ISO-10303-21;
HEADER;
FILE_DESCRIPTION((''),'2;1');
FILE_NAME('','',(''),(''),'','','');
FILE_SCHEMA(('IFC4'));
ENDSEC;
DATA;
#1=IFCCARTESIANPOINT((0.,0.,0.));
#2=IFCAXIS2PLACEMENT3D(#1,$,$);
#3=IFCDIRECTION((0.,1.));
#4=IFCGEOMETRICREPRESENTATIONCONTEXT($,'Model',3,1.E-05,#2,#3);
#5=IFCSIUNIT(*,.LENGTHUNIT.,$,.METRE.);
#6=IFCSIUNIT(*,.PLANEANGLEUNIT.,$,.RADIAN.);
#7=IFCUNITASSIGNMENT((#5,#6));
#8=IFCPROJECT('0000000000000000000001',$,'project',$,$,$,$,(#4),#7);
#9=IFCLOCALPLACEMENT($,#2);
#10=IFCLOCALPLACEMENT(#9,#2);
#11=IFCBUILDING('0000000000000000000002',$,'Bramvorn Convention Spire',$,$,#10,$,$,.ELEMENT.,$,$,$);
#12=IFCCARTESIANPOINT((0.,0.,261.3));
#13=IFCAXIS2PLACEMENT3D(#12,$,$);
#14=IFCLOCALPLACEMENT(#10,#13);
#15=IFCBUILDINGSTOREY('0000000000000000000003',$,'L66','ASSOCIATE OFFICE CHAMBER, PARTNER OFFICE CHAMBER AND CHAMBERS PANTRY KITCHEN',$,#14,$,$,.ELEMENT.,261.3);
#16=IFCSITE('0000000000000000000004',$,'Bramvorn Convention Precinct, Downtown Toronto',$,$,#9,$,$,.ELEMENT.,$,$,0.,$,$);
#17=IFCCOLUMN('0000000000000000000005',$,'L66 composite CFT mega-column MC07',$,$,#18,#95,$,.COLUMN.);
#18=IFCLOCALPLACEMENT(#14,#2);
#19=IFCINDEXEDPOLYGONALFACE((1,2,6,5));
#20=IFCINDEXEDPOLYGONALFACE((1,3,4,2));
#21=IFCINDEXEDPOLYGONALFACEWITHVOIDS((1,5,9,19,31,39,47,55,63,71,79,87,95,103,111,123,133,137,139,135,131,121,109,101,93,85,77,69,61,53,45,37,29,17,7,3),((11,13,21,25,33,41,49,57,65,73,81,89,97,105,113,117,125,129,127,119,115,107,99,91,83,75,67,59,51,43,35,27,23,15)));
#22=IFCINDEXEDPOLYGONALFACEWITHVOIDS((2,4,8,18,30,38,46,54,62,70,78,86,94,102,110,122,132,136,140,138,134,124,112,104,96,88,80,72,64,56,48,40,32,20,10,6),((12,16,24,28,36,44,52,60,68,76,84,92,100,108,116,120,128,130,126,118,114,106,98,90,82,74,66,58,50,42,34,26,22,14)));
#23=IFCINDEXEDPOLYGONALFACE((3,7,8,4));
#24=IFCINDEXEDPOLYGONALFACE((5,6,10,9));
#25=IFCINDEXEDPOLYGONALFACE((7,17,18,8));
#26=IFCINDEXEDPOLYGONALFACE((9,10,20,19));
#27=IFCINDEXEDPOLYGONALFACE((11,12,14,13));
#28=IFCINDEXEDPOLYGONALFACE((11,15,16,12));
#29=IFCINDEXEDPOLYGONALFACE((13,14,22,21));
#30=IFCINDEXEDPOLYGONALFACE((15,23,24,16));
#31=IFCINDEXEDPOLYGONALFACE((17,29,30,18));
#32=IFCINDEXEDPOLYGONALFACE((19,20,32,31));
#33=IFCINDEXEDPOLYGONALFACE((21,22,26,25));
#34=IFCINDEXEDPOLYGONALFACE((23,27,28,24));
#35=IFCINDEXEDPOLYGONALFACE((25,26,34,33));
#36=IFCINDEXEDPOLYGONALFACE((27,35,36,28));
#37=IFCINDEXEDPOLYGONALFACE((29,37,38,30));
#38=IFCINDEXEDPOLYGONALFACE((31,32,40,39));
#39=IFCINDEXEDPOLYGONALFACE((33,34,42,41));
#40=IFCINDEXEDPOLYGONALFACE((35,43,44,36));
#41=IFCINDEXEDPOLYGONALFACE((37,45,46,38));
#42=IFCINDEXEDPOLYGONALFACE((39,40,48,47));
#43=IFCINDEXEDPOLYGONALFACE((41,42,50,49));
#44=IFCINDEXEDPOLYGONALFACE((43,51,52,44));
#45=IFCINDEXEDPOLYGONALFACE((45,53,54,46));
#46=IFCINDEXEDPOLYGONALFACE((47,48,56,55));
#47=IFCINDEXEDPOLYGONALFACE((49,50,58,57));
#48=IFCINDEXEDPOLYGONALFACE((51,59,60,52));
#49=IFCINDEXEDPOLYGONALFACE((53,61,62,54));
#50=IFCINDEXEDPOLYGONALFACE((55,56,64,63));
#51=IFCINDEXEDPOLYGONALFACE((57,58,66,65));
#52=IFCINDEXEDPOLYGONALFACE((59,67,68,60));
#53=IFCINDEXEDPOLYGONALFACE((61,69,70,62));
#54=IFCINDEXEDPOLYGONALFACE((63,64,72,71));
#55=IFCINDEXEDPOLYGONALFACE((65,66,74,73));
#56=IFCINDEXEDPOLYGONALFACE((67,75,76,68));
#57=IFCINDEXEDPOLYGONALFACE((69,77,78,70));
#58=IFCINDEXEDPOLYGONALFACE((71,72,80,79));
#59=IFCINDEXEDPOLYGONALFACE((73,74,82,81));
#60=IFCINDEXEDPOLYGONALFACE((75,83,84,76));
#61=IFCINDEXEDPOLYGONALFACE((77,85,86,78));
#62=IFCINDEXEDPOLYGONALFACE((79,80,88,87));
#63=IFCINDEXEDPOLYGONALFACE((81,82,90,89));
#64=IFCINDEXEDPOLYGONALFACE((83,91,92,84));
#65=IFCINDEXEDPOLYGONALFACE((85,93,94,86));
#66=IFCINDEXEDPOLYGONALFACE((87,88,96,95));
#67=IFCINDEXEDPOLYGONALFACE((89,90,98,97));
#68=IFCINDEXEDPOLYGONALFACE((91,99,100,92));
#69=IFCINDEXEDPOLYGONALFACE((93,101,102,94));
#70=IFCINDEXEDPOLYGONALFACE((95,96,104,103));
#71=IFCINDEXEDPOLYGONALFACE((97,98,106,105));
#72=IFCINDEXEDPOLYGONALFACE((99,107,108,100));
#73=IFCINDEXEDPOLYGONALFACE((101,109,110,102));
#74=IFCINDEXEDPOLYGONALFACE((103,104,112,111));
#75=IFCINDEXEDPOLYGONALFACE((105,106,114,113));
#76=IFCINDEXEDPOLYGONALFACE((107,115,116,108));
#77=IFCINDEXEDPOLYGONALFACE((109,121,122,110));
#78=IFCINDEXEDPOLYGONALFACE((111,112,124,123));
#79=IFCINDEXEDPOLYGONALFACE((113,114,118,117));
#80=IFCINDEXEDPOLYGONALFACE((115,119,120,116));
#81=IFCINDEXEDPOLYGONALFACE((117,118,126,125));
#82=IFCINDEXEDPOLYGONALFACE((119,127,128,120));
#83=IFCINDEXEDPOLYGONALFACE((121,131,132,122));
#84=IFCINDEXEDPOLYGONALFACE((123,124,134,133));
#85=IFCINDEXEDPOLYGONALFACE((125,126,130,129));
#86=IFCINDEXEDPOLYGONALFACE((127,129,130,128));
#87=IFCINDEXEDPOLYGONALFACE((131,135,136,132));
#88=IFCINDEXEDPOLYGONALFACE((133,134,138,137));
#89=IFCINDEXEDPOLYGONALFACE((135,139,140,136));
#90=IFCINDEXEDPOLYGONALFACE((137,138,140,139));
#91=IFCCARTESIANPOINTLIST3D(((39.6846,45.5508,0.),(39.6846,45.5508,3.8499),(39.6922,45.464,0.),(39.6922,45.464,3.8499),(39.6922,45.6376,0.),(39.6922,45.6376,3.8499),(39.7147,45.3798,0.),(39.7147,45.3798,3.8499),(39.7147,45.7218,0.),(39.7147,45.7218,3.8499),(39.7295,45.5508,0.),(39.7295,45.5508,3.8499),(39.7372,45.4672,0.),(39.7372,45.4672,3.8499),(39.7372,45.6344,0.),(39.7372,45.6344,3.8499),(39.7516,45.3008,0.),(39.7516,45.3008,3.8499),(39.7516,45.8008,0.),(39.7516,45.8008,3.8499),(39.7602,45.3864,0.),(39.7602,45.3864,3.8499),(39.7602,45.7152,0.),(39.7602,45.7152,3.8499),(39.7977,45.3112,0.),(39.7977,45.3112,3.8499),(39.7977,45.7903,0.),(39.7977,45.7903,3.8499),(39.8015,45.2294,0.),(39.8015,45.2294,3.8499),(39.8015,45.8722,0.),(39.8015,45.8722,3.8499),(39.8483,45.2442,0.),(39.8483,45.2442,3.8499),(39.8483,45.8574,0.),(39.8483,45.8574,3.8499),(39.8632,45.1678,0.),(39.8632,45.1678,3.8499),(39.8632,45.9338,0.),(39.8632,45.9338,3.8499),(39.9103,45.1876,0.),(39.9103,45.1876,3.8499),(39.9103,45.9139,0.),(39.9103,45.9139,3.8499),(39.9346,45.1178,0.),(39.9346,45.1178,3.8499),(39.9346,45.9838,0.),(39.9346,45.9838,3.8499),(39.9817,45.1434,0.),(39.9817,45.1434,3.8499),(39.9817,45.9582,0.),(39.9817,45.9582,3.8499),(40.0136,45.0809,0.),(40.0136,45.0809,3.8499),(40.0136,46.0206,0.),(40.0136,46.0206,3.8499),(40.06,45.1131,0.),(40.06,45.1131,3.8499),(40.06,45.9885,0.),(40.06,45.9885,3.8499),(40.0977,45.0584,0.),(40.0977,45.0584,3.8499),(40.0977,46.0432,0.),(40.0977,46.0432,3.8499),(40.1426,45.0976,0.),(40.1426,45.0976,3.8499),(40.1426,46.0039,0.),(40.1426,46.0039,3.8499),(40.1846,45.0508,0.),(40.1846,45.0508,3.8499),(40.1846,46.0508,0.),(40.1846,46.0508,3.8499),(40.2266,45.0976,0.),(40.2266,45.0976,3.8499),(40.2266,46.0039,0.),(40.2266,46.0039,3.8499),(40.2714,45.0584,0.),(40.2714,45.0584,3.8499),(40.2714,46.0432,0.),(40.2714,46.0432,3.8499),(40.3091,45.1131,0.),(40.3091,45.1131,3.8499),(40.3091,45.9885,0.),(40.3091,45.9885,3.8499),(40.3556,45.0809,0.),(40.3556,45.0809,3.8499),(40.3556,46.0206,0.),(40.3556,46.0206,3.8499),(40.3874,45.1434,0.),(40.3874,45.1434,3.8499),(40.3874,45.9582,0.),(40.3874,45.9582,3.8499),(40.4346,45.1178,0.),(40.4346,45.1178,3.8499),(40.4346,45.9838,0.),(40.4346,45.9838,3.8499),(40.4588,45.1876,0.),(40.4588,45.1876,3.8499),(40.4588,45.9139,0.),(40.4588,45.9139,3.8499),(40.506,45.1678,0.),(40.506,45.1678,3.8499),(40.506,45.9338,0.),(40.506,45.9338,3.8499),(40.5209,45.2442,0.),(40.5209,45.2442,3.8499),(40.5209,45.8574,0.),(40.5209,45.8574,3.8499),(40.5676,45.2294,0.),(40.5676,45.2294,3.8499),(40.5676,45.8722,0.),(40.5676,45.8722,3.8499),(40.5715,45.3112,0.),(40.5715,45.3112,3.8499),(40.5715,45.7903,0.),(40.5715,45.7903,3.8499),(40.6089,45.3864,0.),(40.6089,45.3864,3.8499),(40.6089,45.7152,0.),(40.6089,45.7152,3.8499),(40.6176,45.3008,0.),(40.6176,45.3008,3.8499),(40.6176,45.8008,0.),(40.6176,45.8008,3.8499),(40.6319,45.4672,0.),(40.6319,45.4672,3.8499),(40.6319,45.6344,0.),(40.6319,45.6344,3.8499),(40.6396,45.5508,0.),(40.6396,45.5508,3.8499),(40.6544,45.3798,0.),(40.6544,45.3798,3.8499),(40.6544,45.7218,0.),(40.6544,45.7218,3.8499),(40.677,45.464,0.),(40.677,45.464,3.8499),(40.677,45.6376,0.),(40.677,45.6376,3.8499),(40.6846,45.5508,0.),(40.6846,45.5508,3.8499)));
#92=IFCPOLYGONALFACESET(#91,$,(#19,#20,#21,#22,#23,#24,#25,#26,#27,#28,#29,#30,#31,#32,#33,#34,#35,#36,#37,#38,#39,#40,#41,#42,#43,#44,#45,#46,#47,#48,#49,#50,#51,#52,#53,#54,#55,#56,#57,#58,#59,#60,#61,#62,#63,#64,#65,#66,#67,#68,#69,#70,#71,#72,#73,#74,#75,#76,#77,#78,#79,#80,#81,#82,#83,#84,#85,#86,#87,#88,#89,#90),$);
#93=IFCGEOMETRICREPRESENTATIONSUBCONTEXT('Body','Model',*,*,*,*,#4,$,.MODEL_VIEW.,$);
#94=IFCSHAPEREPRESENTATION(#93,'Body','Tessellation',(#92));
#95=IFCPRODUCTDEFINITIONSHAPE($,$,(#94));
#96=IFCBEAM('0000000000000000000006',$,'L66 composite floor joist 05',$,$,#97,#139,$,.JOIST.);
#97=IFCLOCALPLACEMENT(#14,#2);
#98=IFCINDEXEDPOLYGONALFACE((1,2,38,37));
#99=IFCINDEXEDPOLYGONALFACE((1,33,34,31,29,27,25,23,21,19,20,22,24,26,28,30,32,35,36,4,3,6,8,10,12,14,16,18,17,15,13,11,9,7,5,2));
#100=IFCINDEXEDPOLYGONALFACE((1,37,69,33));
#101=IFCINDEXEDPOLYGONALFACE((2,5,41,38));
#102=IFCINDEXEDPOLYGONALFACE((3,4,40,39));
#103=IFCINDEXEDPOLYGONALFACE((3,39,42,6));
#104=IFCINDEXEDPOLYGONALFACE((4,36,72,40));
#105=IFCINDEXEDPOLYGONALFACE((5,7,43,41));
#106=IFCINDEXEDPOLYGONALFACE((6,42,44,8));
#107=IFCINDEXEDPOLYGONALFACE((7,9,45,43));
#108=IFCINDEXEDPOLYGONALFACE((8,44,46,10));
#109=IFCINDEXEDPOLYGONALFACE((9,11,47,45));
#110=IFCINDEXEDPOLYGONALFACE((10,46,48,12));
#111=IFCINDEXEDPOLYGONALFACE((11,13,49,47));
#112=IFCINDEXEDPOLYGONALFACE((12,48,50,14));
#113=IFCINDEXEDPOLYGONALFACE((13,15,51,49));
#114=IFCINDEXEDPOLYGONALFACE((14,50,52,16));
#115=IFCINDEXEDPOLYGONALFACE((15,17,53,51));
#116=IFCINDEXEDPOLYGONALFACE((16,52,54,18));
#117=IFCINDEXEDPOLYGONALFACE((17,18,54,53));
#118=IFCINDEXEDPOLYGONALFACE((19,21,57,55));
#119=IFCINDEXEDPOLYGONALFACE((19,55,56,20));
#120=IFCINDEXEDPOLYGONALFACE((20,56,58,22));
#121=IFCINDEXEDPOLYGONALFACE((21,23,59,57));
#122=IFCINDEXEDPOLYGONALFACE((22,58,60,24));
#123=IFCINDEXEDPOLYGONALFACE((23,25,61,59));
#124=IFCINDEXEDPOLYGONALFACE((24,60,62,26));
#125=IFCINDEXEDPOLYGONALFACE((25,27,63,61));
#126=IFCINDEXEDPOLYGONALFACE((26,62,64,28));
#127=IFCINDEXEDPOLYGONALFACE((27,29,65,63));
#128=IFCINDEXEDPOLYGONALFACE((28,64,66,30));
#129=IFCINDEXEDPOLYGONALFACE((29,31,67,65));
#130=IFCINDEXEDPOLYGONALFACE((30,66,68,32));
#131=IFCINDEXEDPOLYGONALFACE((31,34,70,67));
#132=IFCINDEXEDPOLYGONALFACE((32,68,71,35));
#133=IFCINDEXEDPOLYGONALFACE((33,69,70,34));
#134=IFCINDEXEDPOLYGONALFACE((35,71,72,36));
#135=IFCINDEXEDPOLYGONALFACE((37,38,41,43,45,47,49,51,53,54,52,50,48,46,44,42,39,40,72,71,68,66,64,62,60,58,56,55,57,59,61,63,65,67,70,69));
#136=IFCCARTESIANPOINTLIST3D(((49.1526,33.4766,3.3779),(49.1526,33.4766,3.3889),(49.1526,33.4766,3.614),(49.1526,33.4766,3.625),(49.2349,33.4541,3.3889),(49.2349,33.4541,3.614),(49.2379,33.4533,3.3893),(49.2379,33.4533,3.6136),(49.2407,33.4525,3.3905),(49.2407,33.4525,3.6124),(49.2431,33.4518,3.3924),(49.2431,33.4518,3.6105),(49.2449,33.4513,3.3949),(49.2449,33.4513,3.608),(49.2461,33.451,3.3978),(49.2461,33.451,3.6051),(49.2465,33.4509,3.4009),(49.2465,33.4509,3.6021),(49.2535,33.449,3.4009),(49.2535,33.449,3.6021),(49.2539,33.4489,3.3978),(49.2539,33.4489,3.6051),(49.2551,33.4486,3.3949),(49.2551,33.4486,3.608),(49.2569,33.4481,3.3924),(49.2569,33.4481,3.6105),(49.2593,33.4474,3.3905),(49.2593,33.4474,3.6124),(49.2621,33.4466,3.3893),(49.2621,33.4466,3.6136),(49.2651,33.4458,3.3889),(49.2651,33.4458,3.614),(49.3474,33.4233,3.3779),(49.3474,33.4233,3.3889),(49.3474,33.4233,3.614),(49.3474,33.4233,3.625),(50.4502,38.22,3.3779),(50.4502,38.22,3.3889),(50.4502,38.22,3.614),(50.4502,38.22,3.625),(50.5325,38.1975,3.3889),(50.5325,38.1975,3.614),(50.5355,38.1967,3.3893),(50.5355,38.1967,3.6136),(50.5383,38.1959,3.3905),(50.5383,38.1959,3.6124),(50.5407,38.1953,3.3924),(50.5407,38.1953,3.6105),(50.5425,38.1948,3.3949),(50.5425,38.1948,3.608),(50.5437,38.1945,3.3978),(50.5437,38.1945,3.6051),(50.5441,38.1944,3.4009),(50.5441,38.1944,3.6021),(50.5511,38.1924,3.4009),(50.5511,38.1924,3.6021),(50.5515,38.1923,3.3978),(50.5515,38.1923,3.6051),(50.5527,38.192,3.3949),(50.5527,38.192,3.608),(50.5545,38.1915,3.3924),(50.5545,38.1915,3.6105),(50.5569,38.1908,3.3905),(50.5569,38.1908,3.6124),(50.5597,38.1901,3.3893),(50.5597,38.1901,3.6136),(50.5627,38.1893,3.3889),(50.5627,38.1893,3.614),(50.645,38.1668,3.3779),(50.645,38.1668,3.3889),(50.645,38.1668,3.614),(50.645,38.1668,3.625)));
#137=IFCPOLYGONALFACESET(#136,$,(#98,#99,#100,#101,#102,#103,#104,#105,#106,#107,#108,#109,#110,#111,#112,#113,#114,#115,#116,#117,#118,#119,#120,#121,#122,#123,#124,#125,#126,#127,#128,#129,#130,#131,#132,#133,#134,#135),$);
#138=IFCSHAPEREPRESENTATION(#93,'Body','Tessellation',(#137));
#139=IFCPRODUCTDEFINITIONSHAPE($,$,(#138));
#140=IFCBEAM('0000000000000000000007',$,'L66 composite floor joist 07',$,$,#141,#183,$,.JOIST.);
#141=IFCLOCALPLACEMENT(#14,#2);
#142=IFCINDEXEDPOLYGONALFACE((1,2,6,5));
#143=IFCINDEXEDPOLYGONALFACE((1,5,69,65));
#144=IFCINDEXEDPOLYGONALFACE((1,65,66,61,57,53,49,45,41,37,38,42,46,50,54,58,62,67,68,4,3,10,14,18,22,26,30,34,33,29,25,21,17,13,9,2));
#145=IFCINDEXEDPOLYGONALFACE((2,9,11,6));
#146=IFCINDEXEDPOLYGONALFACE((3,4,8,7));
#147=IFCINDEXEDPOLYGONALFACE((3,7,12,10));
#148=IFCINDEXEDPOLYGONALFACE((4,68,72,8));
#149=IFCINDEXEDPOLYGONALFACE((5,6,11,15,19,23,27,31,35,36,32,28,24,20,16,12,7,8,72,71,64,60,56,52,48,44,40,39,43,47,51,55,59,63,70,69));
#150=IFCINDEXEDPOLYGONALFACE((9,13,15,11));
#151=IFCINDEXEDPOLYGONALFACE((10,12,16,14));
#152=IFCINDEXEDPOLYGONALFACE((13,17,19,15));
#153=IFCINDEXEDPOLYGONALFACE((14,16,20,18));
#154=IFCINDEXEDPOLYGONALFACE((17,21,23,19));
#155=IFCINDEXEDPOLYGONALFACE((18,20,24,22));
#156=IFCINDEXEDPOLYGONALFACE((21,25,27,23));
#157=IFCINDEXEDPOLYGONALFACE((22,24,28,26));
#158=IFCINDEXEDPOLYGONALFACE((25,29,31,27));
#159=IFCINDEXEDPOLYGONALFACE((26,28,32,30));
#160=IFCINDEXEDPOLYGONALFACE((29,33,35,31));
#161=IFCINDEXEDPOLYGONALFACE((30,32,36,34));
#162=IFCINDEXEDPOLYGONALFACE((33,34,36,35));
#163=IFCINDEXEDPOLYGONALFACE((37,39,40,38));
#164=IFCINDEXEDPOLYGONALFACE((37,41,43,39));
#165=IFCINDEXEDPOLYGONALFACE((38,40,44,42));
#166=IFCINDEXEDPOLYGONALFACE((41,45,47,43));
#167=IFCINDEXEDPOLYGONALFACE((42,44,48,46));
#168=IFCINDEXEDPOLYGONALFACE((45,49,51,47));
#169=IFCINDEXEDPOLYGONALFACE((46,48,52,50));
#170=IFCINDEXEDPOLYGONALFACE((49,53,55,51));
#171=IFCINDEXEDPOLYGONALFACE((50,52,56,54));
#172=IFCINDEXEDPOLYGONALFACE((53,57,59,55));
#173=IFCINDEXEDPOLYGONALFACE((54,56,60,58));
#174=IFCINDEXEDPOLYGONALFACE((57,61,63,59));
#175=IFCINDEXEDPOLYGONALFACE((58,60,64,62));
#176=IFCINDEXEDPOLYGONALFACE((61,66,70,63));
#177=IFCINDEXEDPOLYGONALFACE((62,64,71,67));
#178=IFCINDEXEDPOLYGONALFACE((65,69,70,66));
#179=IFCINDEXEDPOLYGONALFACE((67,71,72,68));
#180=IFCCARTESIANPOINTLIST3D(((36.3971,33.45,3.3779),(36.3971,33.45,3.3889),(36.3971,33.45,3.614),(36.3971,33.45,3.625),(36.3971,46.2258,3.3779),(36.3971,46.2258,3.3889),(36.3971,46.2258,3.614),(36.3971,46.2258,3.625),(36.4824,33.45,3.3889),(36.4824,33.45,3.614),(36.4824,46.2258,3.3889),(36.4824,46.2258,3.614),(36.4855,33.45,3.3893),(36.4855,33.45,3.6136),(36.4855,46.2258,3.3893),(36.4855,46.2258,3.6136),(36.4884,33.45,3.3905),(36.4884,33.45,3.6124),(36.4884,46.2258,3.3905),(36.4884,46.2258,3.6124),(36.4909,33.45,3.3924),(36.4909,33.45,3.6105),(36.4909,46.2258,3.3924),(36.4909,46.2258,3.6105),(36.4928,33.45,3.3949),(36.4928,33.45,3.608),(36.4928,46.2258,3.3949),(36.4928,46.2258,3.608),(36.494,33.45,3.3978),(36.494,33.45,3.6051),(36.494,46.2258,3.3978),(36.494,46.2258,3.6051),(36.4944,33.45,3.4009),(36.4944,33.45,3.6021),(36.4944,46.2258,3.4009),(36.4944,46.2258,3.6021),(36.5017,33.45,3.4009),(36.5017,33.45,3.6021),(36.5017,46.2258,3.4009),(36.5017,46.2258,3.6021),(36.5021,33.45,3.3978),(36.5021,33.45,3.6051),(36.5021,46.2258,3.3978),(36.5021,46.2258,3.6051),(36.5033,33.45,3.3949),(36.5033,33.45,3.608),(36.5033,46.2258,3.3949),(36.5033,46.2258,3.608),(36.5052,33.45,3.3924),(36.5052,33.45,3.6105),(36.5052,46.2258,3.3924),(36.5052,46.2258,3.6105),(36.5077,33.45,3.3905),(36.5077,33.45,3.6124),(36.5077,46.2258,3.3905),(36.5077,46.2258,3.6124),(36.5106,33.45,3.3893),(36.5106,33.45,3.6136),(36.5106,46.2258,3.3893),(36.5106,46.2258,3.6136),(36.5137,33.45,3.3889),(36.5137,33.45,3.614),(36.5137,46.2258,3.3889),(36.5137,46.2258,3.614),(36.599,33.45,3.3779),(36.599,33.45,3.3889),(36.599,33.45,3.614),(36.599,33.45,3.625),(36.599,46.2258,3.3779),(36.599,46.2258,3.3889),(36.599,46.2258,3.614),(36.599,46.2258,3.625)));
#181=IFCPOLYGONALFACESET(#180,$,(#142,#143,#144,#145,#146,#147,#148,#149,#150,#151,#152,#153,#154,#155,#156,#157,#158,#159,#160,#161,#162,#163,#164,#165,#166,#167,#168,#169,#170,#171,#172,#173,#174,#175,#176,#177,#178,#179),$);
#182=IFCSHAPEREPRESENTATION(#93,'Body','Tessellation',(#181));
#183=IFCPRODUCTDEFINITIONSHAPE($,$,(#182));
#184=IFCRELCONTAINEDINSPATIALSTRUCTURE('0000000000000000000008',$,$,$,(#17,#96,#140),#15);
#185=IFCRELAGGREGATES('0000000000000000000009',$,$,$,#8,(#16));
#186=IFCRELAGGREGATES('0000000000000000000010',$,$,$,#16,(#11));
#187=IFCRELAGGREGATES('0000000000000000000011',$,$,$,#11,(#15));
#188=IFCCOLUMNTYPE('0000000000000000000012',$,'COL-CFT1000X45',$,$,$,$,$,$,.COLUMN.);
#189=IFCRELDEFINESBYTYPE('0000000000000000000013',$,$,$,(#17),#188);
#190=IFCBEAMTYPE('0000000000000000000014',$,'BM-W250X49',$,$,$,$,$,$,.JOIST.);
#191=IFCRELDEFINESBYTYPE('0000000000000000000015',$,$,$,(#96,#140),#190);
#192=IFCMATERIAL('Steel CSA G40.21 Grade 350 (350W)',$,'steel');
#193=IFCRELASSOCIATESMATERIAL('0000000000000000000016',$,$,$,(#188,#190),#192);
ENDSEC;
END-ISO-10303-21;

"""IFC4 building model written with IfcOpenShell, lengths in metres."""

from ifc_helpers import new_model, si_unit, direction, frame, origin, origin_2d, place, context, subcontext, project, spatial, hollow_circle, i_section, extrude, material, material_profile, profile_set, type_object, element, save


model = new_model("IFC4")

# Units and contexts
model_context = context("Model", 3, precision=1e-05, world=origin(), true_north=direction((0.0, 1.0)))
body_context = subcontext(model_context, "Body", "Model", "MODEL_VIEW")
ifc_project = project(units=[si_unit("LENGTHUNIT", "METRE"), si_unit("PLANEANGLEUNIT", "RADIAN")], contexts=[model_context])

# Site, building, storey
site_placement = place(None, origin())
site = spatial("IfcSite", under=ifc_project, at=site_placement, Name="Bramvorn Convention Precinct, Downtown Toronto", CompositionType="ELEMENT", RefElevation=0.0)
building_placement = place(site_placement, origin())
building = spatial("IfcBuilding", under=site, at=building_placement, Name="Bramvorn Convention Spire", CompositionType="ELEMENT")
storey_placement = place(building_placement, frame((0.0, 0.0, 261.3)))
storey = spatial("IfcBuildingStorey", under=building, at=storey_placement, Name="L66", Description="ASSOCIATE OFFICE CHAMBER, PARTNER OFFICE CHAMBER AND CHAMBERS PANTRY KITCHEN", CompositionType="ELEMENT", Elevation=261.3)

# Column
ifc_material_1 = material(Name="Steel CSA G40.21 Grade 350 (350W)", Category="steel")
ifc_material_profile_1 = material_profile(ifc_material_1, hollow_circle(Radius=0.5, WallThickness=0.0449, at=origin_2d()))
ifc_profile_set_1 = profile_set([ifc_material_profile_1], Name="Steel CSA G40.21 Grade 350 (350W) - CFT1000X45")
column_type = type_object("IfcColumnType", Name="COL-CFT1000X45", PredefinedType="COLUMN", material=ifc_profile_set_1)
for number, where, z_axis, x_axis, name in (
    (1, (40.1846, 45.5508, 0.0), (0.0, 0.0, 1.0), (1.0, 0.0, 0.0), "L66 composite CFT mega-column MC07"),
):
    element("IfcColumn", number, at=place(storey_placement, frame(where, z_axis=z_axis, x_axis=x_axis)), inside=storey, type_object=column_type, Name=name, PredefinedType="COLUMN", context=body_context, shape_type="SweptSolid", body=[
        extrude(hollow_circle(Radius=0.5, WallThickness=0.0449, at=origin_2d()), origin(), (0.0, 0.0, 1.0), 3.8499),
    ])

# Beams
ifc_material_profile_2 = material_profile(ifc_material_1, i_section(OverallWidth=0.2019, OverallDepth=0.2471, WebThickness=0.0073, FlangeThickness=0.011, FilletRadius=0.012, at=origin_2d()))
ifc_profile_set_2 = profile_set([ifc_material_profile_2], Name="Steel CSA G40.21 Grade 350 (350W) - W250X49")
beam_type_1 = type_object("IfcBeamType", Name="BM-W250X49", PredefinedType="JOIST", material=ifc_profile_set_2)
beam_1_placement = place(storey_placement, frame((49.25, 33.45, 3.5015), z_axis=(0.263865, 0.96456, 0.0), x_axis=(-0.96456, 0.263865, 0.0)))
element("IfcBeam", 2, at=beam_1_placement, inside=storey, type_object=beam_type_1, Name="L66 composite floor joist 05", PredefinedType="JOIST", context=body_context, shape_type="SweptSolid", body=[
    extrude(i_section(OverallWidth=0.2019, OverallDepth=0.2471, WebThickness=0.0073, FlangeThickness=0.011, FilletRadius=0.012, at=origin_2d()), origin(), (0.0, 0.0, 1.0), 4.9177),
])
beam_2_placement = place(storey_placement, frame((36.498, 33.45, 3.5015), z_axis=(0.0, 1.0, 0.0), x_axis=(-1.0, 0.0, 0.0)))
element("IfcBeam", 3, at=beam_2_placement, inside=storey, type_object=beam_type_1, Name="L66 composite floor joist 07", PredefinedType="JOIST", context=body_context, shape_type="SweptSolid", body=[
    extrude(i_section(OverallWidth=0.2019, OverallDepth=0.2471, WebThickness=0.0073, FlangeThickness=0.011, FilletRadius=0.012, at=origin_2d()), origin(), (0.0, 0.0, 1.0), 12.7759),
])

save(model, "model.ifc")
